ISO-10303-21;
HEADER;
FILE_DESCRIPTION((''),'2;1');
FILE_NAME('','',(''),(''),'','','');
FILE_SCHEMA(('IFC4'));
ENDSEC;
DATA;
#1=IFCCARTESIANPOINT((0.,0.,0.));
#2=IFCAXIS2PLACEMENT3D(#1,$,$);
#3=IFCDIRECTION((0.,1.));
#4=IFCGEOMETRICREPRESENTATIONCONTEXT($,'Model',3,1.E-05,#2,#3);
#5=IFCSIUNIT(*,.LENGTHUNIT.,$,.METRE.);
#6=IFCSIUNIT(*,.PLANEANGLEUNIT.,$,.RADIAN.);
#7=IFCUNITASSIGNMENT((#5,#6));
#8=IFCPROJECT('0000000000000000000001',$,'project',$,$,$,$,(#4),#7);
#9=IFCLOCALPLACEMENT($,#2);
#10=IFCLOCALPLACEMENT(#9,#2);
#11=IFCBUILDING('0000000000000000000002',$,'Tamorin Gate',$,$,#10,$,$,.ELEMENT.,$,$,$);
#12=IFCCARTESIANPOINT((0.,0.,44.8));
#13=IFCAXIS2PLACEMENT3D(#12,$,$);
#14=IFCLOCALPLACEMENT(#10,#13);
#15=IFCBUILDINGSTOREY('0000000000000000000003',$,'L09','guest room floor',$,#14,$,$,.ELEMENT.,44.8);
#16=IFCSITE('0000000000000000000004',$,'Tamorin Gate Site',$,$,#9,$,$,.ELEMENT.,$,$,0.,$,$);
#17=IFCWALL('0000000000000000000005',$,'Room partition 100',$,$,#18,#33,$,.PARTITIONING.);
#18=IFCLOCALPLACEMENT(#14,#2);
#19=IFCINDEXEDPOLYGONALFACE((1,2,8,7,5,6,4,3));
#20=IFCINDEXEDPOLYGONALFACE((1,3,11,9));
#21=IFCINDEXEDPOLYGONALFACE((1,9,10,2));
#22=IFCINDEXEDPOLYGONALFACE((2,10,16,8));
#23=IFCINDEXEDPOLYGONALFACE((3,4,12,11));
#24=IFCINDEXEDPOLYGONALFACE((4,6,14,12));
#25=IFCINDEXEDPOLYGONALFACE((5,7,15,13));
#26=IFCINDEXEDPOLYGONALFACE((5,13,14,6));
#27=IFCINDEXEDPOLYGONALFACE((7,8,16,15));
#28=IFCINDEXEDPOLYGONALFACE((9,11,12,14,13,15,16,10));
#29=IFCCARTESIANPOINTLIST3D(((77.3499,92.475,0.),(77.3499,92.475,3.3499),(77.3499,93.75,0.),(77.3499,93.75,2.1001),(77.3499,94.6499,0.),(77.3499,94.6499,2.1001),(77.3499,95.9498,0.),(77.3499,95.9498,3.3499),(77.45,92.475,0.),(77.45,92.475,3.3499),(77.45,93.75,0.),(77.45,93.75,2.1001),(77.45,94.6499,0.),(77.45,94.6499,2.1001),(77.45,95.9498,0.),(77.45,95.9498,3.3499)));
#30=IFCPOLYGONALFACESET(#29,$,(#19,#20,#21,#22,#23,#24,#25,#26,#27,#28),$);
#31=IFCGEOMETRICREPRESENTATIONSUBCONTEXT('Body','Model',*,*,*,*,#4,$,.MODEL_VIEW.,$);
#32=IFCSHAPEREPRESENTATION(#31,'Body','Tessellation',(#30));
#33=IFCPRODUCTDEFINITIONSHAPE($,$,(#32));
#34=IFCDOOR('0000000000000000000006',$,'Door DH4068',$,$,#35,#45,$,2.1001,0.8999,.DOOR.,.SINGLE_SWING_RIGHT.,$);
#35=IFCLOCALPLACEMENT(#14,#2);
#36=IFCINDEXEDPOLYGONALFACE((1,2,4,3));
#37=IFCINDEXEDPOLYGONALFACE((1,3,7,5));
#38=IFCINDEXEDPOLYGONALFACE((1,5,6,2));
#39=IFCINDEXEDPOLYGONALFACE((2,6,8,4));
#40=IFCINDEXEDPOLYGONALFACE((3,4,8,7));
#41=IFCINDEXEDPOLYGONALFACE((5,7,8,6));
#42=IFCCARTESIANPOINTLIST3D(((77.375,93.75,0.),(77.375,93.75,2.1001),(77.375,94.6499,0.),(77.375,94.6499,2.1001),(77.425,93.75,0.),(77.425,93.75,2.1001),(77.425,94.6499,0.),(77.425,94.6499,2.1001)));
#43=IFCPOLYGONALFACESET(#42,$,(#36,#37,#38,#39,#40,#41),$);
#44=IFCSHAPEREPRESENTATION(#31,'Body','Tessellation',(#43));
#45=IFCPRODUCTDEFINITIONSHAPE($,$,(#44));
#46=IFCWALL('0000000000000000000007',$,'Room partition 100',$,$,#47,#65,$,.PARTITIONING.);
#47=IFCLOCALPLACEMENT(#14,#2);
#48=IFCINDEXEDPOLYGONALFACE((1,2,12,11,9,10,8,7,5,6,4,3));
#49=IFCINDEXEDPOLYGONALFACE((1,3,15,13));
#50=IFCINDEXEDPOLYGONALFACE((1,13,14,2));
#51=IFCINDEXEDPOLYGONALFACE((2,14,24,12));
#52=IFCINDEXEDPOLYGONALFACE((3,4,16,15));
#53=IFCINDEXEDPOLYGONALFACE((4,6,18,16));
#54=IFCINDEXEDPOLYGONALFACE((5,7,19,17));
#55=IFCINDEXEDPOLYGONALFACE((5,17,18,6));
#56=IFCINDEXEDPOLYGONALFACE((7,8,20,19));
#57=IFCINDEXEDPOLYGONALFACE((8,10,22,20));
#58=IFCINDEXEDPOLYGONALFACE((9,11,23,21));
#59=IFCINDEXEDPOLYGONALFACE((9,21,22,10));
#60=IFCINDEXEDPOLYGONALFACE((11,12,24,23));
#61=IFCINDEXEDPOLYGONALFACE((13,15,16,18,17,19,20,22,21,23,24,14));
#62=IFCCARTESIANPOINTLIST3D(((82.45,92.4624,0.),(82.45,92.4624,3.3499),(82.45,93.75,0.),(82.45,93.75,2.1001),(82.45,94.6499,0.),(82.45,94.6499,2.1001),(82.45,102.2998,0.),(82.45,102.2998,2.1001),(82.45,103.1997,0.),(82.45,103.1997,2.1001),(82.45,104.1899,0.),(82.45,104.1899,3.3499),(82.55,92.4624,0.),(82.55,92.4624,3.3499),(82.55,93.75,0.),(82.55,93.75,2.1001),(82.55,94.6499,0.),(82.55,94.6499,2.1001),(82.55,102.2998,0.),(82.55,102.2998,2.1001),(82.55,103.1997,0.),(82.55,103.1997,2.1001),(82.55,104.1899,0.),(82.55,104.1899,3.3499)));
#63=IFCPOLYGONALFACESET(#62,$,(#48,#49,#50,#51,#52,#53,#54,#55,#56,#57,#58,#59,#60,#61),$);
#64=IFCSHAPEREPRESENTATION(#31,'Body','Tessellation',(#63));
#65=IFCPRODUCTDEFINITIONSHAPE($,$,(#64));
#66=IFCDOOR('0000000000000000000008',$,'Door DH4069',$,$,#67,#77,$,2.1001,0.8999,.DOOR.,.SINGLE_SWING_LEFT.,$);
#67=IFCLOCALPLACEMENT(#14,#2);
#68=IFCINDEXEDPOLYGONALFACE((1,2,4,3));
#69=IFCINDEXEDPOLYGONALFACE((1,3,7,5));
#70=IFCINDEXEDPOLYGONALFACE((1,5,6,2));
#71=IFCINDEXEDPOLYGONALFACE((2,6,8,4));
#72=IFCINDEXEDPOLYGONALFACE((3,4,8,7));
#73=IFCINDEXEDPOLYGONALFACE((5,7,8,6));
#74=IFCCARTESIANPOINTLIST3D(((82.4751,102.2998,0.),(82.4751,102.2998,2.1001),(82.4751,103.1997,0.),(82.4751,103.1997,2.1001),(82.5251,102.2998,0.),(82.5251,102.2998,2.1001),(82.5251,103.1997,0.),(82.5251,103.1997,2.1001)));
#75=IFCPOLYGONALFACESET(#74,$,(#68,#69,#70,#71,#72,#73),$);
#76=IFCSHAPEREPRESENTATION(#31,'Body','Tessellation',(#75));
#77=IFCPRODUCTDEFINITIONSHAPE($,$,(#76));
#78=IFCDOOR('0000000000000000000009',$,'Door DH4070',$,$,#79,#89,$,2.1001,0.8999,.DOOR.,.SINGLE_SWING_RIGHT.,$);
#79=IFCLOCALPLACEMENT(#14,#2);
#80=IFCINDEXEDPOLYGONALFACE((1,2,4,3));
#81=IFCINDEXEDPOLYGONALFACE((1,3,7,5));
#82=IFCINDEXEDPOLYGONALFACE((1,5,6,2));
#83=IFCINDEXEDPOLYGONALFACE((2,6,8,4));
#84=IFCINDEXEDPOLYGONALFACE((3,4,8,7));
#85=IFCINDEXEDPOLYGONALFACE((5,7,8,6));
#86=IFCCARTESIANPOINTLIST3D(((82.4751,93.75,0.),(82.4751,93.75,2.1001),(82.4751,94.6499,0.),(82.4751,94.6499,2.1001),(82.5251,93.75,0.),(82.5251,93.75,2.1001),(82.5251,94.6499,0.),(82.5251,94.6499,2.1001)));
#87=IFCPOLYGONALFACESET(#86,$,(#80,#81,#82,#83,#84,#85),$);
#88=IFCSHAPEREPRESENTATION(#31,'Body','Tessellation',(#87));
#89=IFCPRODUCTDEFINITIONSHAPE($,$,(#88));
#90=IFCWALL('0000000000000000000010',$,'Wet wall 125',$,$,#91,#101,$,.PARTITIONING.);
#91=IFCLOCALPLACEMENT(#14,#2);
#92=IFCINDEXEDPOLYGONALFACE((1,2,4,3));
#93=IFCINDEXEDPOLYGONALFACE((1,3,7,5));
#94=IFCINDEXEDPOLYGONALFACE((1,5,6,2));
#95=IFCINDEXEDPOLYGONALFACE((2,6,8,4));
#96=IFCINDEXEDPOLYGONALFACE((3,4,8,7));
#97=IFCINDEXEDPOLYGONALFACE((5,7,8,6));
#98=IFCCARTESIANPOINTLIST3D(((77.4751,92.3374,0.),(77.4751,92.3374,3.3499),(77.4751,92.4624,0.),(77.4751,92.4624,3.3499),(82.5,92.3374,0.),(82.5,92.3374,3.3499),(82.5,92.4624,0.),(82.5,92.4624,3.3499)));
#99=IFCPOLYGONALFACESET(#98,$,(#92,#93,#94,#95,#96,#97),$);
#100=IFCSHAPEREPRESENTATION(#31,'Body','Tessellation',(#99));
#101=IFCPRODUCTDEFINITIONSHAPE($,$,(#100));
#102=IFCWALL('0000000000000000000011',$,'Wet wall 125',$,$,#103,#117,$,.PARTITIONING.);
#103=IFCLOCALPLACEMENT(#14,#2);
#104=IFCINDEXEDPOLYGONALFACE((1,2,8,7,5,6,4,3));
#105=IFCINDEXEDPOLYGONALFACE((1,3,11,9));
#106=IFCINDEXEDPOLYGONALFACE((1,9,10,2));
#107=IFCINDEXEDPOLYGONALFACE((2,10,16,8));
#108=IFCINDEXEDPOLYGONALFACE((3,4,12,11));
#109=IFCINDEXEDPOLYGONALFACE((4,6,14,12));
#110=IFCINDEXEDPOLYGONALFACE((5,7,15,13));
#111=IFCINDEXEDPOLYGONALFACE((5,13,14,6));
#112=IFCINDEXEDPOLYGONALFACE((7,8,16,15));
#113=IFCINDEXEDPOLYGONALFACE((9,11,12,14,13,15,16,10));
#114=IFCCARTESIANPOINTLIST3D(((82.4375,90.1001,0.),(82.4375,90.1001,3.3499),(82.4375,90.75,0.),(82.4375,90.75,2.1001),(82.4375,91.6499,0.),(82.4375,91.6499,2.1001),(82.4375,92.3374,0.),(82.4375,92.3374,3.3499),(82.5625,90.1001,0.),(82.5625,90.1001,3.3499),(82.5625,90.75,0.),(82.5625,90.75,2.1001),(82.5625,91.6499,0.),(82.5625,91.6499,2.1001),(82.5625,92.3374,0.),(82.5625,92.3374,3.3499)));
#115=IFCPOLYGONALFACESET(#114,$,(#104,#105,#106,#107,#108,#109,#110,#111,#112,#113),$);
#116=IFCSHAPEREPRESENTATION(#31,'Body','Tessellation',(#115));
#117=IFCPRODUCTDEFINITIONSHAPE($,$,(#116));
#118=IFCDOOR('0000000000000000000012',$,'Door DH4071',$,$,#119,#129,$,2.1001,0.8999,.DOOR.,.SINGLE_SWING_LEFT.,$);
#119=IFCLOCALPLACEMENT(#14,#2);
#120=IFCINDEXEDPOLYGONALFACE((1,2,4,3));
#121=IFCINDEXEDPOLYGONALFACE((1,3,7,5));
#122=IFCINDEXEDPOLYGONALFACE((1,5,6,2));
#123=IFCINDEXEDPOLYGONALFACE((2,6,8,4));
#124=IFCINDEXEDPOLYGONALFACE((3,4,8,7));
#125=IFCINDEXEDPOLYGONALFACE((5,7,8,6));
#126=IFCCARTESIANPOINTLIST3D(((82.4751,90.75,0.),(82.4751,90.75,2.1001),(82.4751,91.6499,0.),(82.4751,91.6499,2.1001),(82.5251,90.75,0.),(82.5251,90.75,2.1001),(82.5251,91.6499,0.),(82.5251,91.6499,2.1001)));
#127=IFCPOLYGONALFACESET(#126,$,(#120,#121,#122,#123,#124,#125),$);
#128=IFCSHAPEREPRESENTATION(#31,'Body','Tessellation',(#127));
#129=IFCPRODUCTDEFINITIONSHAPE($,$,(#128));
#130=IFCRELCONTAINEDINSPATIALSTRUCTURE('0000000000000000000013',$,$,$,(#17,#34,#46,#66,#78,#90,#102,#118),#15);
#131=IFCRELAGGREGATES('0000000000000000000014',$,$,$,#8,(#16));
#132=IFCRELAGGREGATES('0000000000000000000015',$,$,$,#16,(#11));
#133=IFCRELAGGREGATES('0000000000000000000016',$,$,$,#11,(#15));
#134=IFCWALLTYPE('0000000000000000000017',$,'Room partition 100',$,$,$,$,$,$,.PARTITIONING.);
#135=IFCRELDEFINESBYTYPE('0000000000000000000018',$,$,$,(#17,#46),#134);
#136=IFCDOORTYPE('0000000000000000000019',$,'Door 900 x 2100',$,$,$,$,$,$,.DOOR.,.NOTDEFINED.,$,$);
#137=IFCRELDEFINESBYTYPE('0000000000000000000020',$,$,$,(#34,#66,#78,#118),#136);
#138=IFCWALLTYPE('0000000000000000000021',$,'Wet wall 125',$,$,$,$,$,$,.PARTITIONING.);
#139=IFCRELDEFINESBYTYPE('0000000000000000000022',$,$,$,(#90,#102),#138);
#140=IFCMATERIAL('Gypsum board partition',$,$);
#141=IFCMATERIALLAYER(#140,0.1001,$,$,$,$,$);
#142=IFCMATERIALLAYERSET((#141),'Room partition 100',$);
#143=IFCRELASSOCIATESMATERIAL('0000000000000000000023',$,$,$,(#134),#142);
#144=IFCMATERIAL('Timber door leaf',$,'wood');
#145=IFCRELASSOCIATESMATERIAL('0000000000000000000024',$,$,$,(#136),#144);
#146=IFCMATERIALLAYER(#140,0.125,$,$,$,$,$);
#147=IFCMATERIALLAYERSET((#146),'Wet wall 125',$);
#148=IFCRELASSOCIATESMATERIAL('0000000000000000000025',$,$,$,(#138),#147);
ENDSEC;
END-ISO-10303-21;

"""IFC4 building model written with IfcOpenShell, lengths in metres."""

from ifc_helpers import new_model, si_unit, direction, frame, frame_2d, origin, place, context, subcontext, project, spatial, rectangle, extrude, material, layer, layer_set, type_object, element, fill, save


model = new_model("IFC4")

# Units and contexts
model_context = context("Model", 3, precision=1e-05, world=origin(), true_north=direction((0.0, 1.0)))
body_context = subcontext(model_context, "Body", "Model", "MODEL_VIEW")
ifc_project = project(units=[si_unit("LENGTHUNIT", "METRE"), si_unit("PLANEANGLEUNIT", "RADIAN")], contexts=[model_context])

# Site, building, storey
site_placement = place(None, origin())
site = spatial("IfcSite", under=ifc_project, at=site_placement, Name="Tamorin Gate Site", CompositionType="ELEMENT", RefElevation=0.0)
building_placement = place(site_placement, origin())
building = spatial("IfcBuilding", under=site, at=building_placement, Name="Tamorin Gate", CompositionType="ELEMENT")
storey_placement = place(building_placement, frame((0.0, 0.0, 44.8)))
storey = spatial("IfcBuildingStorey", under=building, at=storey_placement, Name="L09", Description="guest room floor", CompositionType="ELEMENT", Elevation=44.8)

# Shared definitions
ifc_material_1 = material(Name="Gypsum board partition")

# Wall, opening, door
ifc_layer_1 = layer(ifc_material_1, 0.1001)
ifc_layer_set_1 = layer_set([ifc_layer_1], Name="Room partition 100")
wall_type_1 = type_object("IfcWallType", Name="Room partition 100", PredefinedType="PARTITIONING", material=ifc_layer_set_1)
ifc_material_2 = material(Name="Timber door leaf", Category="wood")
door_type = type_object("IfcDoorType", Name="Door 900 x 2100", OperationType="NOTDEFINED", PredefinedType="DOOR", material=ifc_material_2)
wall_1_placement = place(storey_placement, frame((77.3999, 92.4751, 0.0), z_axis=(0.0, 0.0, 1.0), x_axis=(0.0, 1.0, 0.0)))
wall_1 = element("IfcWall", 1, at=wall_1_placement, inside=storey, type_object=wall_type_1, Name="Room partition 100", PredefinedType="PARTITIONING", context=body_context, shape_type="SweptSolid", body=[
    extrude(rectangle(XDim=3.4749, YDim=0.1001, at=frame_2d((1.7373, 0.0))), origin(), (0.0, 0.0, 1.0), 3.3499),
])
opening_1_placement = place(wall_1_placement, frame((1.2749, 0.0, 0.0)))
opening_1 = element("IfcOpeningElement", 2, at=opening_1_placement, cuts=wall_1, PredefinedType="OPENING", context=body_context, shape_type="SweptSolid", body=[
    extrude(rectangle(XDim=0.8999, YDim=2.1001, at=frame_2d((0.45, 1.05))), frame((0.0, 0.0601, 0.0), z_axis=(0.0, -1.0, 0.0), x_axis=(1.0, 0.0, 0.0)), (0.0, 0.0, 1.0), 0.1201),
])
door_1_placement = place(opening_1_placement, origin())
door_1 = element("IfcDoor", 3, at=door_1_placement, inside=storey, type_object=door_type, Name="Door DH4068", OperationType="SINGLE_SWING_RIGHT", OverallHeight=2.1001, OverallWidth=0.8999, PredefinedType="DOOR", context=body_context, shape_type="SweptSolid", body=[
    extrude(rectangle(XDim=0.8999, YDim=2.1001, at=frame_2d((0.45, 1.05))), frame((0.0, 0.0249, 0.0), z_axis=(0.0, -1.0, 0.0), x_axis=(1.0, 0.0, 0.0)), (0.0, 0.0, 1.0), 0.05),
])
fill(opening_1, door_1)

# Wall, openings, doors
wall_2_placement = place(storey_placement, frame((82.5, 92.4624, 0.0), z_axis=(0.0, 0.0, 1.0), x_axis=(0.0, 1.0, 0.0)))
wall_2 = element("IfcWall", 4, at=wall_2_placement, inside=storey, type_object=wall_type_1, Name="Room partition 100", PredefinedType="PARTITIONING", context=body_context, shape_type="SweptSolid", body=[
    extrude(rectangle(XDim=11.7275, YDim=0.1001, at=frame_2d((5.8638, 0.0))), origin(), (0.0, 0.0, 1.0), 3.3499),
])
opening_2_placement = place(wall_2_placement, frame((9.8374, 0.0, 0.0)))
opening_2 = element("IfcOpeningElement", 5, at=opening_2_placement, cuts=wall_2, PredefinedType="OPENING", context=body_context, shape_type="SweptSolid", body=[
    extrude(rectangle(XDim=0.8999, YDim=2.1001, at=frame_2d((0.45, 1.05))), frame((0.0, 0.0601, 0.0), z_axis=(0.0, -1.0, 0.0), x_axis=(1.0, 0.0, 0.0)), (0.0, 0.0, 1.0), 0.1201),
])
opening_3_placement = place(wall_2_placement, frame((1.2876, 0.0, 0.0)))
opening_3 = element("IfcOpeningElement", 6, at=opening_3_placement, cuts=wall_2, PredefinedType="OPENING", context=body_context, shape_type="SweptSolid", body=[
    extrude(rectangle(XDim=0.8999, YDim=2.1001, at=frame_2d((0.45, 1.05))), frame((0.0, 0.0601, 0.0), z_axis=(0.0, -1.0, 0.0), x_axis=(1.0, 0.0, 0.0)), (0.0, 0.0, 1.0), 0.1201),
])
door_2_placement = place(opening_2_placement, origin())
door_2 = element("IfcDoor", 7, at=door_2_placement, inside=storey, type_object=door_type, Name="Door DH4069", OperationType="SINGLE_SWING_LEFT", OverallHeight=2.1001, OverallWidth=0.8999, PredefinedType="DOOR", context=body_context, shape_type="SweptSolid", body=[
    extrude(rectangle(XDim=0.8999, YDim=2.1001, at=frame_2d((0.45, 1.05))), frame((0.0, 0.0249, 0.0), z_axis=(0.0, -1.0, 0.0), x_axis=(1.0, 0.0, 0.0)), (0.0, 0.0, 1.0), 0.05),
])
fill(opening_2, door_2)
door_3_placement = place(opening_3_placement, origin())
door_3 = element("IfcDoor", 8, at=door_3_placement, inside=storey, type_object=door_type, Name="Door DH4070", OperationType="SINGLE_SWING_RIGHT", OverallHeight=2.1001, OverallWidth=0.8999, PredefinedType="DOOR", context=body_context, shape_type="SweptSolid", body=[
    extrude(rectangle(XDim=0.8999, YDim=2.1001, at=frame_2d((0.45, 1.05))), frame((0.0, 0.0249, 0.0), z_axis=(0.0, -1.0, 0.0), x_axis=(1.0, 0.0, 0.0)), (0.0, 0.0, 1.0), 0.05),
])
fill(opening_3, door_3)

# Wall
ifc_layer_2 = layer(ifc_material_1, 0.125)
ifc_layer_set_2 = layer_set([ifc_layer_2], Name="Wet wall 125")
wall_type_2 = type_object("IfcWallType", Name="Wet wall 125", PredefinedType="PARTITIONING", material=ifc_layer_set_2)
wall_3_placement = place(storey_placement, frame((77.4751, 92.3999, 0.0), z_axis=(0.0, 0.0, 1.0), x_axis=(1.0, 0.0, 0.0)))
element("IfcWall", 9, at=wall_3_placement, inside=storey, type_object=wall_type_2, Name="Wet wall 125", PredefinedType="PARTITIONING", context=body_context, shape_type="SweptSolid", body=[
    extrude(rectangle(XDim=5.0249, YDim=0.125, at=frame_2d((2.5125, 0.0))), origin(), (0.0, 0.0, 1.0), 3.3499),
])

# Wall, opening, door
wall_4_placement = place(storey_placement, frame((82.5, 90.1001, 0.0), z_axis=(0.0, 0.0, 1.0), x_axis=(0.0, 1.0, 0.0)))
wall_4 = element("IfcWall", 10, at=wall_4_placement, inside=storey, type_object=wall_type_2, Name="Wet wall 125", PredefinedType="PARTITIONING", context=body_context, shape_type="SweptSolid", body=[
    extrude(rectangle(XDim=2.2373, YDim=0.125, at=frame_2d((1.1187, 0.0))), origin(), (0.0, 0.0, 1.0), 3.3499),
])
opening_4_placement = place(wall_4_placement, frame((0.6499, 0.0, 0.0)))
opening_4 = element("IfcOpeningElement", 11, at=opening_4_placement, cuts=wall_4, PredefinedType="OPENING", context=body_context, shape_type="SweptSolid", body=[
    extrude(rectangle(XDim=0.8999, YDim=2.1001, at=frame_2d((0.45, 1.05))), frame((0.0, 0.0725, 0.0), z_axis=(0.0, -1.0, 0.0), x_axis=(1.0, 0.0, 0.0)), (0.0, 0.0, 1.0), 0.145),
])
door_4_placement = place(opening_4_placement, origin())
door_4 = element("IfcDoor", 12, at=door_4_placement, inside=storey, type_object=door_type, Name="Door DH4071", OperationType="SINGLE_SWING_LEFT", OverallHeight=2.1001, OverallWidth=0.8999, PredefinedType="DOOR", context=body_context, shape_type="SweptSolid", body=[
    extrude(rectangle(XDim=0.8999, YDim=2.1001, at=frame_2d((0.45, 1.05))), frame((0.0, 0.0249, 0.0), z_axis=(0.0, -1.0, 0.0), x_axis=(1.0, 0.0, 0.0)), (0.0, 0.0, 1.0), 0.05),
])
fill(opening_4, door_4)

save(model, "model.ifc")
